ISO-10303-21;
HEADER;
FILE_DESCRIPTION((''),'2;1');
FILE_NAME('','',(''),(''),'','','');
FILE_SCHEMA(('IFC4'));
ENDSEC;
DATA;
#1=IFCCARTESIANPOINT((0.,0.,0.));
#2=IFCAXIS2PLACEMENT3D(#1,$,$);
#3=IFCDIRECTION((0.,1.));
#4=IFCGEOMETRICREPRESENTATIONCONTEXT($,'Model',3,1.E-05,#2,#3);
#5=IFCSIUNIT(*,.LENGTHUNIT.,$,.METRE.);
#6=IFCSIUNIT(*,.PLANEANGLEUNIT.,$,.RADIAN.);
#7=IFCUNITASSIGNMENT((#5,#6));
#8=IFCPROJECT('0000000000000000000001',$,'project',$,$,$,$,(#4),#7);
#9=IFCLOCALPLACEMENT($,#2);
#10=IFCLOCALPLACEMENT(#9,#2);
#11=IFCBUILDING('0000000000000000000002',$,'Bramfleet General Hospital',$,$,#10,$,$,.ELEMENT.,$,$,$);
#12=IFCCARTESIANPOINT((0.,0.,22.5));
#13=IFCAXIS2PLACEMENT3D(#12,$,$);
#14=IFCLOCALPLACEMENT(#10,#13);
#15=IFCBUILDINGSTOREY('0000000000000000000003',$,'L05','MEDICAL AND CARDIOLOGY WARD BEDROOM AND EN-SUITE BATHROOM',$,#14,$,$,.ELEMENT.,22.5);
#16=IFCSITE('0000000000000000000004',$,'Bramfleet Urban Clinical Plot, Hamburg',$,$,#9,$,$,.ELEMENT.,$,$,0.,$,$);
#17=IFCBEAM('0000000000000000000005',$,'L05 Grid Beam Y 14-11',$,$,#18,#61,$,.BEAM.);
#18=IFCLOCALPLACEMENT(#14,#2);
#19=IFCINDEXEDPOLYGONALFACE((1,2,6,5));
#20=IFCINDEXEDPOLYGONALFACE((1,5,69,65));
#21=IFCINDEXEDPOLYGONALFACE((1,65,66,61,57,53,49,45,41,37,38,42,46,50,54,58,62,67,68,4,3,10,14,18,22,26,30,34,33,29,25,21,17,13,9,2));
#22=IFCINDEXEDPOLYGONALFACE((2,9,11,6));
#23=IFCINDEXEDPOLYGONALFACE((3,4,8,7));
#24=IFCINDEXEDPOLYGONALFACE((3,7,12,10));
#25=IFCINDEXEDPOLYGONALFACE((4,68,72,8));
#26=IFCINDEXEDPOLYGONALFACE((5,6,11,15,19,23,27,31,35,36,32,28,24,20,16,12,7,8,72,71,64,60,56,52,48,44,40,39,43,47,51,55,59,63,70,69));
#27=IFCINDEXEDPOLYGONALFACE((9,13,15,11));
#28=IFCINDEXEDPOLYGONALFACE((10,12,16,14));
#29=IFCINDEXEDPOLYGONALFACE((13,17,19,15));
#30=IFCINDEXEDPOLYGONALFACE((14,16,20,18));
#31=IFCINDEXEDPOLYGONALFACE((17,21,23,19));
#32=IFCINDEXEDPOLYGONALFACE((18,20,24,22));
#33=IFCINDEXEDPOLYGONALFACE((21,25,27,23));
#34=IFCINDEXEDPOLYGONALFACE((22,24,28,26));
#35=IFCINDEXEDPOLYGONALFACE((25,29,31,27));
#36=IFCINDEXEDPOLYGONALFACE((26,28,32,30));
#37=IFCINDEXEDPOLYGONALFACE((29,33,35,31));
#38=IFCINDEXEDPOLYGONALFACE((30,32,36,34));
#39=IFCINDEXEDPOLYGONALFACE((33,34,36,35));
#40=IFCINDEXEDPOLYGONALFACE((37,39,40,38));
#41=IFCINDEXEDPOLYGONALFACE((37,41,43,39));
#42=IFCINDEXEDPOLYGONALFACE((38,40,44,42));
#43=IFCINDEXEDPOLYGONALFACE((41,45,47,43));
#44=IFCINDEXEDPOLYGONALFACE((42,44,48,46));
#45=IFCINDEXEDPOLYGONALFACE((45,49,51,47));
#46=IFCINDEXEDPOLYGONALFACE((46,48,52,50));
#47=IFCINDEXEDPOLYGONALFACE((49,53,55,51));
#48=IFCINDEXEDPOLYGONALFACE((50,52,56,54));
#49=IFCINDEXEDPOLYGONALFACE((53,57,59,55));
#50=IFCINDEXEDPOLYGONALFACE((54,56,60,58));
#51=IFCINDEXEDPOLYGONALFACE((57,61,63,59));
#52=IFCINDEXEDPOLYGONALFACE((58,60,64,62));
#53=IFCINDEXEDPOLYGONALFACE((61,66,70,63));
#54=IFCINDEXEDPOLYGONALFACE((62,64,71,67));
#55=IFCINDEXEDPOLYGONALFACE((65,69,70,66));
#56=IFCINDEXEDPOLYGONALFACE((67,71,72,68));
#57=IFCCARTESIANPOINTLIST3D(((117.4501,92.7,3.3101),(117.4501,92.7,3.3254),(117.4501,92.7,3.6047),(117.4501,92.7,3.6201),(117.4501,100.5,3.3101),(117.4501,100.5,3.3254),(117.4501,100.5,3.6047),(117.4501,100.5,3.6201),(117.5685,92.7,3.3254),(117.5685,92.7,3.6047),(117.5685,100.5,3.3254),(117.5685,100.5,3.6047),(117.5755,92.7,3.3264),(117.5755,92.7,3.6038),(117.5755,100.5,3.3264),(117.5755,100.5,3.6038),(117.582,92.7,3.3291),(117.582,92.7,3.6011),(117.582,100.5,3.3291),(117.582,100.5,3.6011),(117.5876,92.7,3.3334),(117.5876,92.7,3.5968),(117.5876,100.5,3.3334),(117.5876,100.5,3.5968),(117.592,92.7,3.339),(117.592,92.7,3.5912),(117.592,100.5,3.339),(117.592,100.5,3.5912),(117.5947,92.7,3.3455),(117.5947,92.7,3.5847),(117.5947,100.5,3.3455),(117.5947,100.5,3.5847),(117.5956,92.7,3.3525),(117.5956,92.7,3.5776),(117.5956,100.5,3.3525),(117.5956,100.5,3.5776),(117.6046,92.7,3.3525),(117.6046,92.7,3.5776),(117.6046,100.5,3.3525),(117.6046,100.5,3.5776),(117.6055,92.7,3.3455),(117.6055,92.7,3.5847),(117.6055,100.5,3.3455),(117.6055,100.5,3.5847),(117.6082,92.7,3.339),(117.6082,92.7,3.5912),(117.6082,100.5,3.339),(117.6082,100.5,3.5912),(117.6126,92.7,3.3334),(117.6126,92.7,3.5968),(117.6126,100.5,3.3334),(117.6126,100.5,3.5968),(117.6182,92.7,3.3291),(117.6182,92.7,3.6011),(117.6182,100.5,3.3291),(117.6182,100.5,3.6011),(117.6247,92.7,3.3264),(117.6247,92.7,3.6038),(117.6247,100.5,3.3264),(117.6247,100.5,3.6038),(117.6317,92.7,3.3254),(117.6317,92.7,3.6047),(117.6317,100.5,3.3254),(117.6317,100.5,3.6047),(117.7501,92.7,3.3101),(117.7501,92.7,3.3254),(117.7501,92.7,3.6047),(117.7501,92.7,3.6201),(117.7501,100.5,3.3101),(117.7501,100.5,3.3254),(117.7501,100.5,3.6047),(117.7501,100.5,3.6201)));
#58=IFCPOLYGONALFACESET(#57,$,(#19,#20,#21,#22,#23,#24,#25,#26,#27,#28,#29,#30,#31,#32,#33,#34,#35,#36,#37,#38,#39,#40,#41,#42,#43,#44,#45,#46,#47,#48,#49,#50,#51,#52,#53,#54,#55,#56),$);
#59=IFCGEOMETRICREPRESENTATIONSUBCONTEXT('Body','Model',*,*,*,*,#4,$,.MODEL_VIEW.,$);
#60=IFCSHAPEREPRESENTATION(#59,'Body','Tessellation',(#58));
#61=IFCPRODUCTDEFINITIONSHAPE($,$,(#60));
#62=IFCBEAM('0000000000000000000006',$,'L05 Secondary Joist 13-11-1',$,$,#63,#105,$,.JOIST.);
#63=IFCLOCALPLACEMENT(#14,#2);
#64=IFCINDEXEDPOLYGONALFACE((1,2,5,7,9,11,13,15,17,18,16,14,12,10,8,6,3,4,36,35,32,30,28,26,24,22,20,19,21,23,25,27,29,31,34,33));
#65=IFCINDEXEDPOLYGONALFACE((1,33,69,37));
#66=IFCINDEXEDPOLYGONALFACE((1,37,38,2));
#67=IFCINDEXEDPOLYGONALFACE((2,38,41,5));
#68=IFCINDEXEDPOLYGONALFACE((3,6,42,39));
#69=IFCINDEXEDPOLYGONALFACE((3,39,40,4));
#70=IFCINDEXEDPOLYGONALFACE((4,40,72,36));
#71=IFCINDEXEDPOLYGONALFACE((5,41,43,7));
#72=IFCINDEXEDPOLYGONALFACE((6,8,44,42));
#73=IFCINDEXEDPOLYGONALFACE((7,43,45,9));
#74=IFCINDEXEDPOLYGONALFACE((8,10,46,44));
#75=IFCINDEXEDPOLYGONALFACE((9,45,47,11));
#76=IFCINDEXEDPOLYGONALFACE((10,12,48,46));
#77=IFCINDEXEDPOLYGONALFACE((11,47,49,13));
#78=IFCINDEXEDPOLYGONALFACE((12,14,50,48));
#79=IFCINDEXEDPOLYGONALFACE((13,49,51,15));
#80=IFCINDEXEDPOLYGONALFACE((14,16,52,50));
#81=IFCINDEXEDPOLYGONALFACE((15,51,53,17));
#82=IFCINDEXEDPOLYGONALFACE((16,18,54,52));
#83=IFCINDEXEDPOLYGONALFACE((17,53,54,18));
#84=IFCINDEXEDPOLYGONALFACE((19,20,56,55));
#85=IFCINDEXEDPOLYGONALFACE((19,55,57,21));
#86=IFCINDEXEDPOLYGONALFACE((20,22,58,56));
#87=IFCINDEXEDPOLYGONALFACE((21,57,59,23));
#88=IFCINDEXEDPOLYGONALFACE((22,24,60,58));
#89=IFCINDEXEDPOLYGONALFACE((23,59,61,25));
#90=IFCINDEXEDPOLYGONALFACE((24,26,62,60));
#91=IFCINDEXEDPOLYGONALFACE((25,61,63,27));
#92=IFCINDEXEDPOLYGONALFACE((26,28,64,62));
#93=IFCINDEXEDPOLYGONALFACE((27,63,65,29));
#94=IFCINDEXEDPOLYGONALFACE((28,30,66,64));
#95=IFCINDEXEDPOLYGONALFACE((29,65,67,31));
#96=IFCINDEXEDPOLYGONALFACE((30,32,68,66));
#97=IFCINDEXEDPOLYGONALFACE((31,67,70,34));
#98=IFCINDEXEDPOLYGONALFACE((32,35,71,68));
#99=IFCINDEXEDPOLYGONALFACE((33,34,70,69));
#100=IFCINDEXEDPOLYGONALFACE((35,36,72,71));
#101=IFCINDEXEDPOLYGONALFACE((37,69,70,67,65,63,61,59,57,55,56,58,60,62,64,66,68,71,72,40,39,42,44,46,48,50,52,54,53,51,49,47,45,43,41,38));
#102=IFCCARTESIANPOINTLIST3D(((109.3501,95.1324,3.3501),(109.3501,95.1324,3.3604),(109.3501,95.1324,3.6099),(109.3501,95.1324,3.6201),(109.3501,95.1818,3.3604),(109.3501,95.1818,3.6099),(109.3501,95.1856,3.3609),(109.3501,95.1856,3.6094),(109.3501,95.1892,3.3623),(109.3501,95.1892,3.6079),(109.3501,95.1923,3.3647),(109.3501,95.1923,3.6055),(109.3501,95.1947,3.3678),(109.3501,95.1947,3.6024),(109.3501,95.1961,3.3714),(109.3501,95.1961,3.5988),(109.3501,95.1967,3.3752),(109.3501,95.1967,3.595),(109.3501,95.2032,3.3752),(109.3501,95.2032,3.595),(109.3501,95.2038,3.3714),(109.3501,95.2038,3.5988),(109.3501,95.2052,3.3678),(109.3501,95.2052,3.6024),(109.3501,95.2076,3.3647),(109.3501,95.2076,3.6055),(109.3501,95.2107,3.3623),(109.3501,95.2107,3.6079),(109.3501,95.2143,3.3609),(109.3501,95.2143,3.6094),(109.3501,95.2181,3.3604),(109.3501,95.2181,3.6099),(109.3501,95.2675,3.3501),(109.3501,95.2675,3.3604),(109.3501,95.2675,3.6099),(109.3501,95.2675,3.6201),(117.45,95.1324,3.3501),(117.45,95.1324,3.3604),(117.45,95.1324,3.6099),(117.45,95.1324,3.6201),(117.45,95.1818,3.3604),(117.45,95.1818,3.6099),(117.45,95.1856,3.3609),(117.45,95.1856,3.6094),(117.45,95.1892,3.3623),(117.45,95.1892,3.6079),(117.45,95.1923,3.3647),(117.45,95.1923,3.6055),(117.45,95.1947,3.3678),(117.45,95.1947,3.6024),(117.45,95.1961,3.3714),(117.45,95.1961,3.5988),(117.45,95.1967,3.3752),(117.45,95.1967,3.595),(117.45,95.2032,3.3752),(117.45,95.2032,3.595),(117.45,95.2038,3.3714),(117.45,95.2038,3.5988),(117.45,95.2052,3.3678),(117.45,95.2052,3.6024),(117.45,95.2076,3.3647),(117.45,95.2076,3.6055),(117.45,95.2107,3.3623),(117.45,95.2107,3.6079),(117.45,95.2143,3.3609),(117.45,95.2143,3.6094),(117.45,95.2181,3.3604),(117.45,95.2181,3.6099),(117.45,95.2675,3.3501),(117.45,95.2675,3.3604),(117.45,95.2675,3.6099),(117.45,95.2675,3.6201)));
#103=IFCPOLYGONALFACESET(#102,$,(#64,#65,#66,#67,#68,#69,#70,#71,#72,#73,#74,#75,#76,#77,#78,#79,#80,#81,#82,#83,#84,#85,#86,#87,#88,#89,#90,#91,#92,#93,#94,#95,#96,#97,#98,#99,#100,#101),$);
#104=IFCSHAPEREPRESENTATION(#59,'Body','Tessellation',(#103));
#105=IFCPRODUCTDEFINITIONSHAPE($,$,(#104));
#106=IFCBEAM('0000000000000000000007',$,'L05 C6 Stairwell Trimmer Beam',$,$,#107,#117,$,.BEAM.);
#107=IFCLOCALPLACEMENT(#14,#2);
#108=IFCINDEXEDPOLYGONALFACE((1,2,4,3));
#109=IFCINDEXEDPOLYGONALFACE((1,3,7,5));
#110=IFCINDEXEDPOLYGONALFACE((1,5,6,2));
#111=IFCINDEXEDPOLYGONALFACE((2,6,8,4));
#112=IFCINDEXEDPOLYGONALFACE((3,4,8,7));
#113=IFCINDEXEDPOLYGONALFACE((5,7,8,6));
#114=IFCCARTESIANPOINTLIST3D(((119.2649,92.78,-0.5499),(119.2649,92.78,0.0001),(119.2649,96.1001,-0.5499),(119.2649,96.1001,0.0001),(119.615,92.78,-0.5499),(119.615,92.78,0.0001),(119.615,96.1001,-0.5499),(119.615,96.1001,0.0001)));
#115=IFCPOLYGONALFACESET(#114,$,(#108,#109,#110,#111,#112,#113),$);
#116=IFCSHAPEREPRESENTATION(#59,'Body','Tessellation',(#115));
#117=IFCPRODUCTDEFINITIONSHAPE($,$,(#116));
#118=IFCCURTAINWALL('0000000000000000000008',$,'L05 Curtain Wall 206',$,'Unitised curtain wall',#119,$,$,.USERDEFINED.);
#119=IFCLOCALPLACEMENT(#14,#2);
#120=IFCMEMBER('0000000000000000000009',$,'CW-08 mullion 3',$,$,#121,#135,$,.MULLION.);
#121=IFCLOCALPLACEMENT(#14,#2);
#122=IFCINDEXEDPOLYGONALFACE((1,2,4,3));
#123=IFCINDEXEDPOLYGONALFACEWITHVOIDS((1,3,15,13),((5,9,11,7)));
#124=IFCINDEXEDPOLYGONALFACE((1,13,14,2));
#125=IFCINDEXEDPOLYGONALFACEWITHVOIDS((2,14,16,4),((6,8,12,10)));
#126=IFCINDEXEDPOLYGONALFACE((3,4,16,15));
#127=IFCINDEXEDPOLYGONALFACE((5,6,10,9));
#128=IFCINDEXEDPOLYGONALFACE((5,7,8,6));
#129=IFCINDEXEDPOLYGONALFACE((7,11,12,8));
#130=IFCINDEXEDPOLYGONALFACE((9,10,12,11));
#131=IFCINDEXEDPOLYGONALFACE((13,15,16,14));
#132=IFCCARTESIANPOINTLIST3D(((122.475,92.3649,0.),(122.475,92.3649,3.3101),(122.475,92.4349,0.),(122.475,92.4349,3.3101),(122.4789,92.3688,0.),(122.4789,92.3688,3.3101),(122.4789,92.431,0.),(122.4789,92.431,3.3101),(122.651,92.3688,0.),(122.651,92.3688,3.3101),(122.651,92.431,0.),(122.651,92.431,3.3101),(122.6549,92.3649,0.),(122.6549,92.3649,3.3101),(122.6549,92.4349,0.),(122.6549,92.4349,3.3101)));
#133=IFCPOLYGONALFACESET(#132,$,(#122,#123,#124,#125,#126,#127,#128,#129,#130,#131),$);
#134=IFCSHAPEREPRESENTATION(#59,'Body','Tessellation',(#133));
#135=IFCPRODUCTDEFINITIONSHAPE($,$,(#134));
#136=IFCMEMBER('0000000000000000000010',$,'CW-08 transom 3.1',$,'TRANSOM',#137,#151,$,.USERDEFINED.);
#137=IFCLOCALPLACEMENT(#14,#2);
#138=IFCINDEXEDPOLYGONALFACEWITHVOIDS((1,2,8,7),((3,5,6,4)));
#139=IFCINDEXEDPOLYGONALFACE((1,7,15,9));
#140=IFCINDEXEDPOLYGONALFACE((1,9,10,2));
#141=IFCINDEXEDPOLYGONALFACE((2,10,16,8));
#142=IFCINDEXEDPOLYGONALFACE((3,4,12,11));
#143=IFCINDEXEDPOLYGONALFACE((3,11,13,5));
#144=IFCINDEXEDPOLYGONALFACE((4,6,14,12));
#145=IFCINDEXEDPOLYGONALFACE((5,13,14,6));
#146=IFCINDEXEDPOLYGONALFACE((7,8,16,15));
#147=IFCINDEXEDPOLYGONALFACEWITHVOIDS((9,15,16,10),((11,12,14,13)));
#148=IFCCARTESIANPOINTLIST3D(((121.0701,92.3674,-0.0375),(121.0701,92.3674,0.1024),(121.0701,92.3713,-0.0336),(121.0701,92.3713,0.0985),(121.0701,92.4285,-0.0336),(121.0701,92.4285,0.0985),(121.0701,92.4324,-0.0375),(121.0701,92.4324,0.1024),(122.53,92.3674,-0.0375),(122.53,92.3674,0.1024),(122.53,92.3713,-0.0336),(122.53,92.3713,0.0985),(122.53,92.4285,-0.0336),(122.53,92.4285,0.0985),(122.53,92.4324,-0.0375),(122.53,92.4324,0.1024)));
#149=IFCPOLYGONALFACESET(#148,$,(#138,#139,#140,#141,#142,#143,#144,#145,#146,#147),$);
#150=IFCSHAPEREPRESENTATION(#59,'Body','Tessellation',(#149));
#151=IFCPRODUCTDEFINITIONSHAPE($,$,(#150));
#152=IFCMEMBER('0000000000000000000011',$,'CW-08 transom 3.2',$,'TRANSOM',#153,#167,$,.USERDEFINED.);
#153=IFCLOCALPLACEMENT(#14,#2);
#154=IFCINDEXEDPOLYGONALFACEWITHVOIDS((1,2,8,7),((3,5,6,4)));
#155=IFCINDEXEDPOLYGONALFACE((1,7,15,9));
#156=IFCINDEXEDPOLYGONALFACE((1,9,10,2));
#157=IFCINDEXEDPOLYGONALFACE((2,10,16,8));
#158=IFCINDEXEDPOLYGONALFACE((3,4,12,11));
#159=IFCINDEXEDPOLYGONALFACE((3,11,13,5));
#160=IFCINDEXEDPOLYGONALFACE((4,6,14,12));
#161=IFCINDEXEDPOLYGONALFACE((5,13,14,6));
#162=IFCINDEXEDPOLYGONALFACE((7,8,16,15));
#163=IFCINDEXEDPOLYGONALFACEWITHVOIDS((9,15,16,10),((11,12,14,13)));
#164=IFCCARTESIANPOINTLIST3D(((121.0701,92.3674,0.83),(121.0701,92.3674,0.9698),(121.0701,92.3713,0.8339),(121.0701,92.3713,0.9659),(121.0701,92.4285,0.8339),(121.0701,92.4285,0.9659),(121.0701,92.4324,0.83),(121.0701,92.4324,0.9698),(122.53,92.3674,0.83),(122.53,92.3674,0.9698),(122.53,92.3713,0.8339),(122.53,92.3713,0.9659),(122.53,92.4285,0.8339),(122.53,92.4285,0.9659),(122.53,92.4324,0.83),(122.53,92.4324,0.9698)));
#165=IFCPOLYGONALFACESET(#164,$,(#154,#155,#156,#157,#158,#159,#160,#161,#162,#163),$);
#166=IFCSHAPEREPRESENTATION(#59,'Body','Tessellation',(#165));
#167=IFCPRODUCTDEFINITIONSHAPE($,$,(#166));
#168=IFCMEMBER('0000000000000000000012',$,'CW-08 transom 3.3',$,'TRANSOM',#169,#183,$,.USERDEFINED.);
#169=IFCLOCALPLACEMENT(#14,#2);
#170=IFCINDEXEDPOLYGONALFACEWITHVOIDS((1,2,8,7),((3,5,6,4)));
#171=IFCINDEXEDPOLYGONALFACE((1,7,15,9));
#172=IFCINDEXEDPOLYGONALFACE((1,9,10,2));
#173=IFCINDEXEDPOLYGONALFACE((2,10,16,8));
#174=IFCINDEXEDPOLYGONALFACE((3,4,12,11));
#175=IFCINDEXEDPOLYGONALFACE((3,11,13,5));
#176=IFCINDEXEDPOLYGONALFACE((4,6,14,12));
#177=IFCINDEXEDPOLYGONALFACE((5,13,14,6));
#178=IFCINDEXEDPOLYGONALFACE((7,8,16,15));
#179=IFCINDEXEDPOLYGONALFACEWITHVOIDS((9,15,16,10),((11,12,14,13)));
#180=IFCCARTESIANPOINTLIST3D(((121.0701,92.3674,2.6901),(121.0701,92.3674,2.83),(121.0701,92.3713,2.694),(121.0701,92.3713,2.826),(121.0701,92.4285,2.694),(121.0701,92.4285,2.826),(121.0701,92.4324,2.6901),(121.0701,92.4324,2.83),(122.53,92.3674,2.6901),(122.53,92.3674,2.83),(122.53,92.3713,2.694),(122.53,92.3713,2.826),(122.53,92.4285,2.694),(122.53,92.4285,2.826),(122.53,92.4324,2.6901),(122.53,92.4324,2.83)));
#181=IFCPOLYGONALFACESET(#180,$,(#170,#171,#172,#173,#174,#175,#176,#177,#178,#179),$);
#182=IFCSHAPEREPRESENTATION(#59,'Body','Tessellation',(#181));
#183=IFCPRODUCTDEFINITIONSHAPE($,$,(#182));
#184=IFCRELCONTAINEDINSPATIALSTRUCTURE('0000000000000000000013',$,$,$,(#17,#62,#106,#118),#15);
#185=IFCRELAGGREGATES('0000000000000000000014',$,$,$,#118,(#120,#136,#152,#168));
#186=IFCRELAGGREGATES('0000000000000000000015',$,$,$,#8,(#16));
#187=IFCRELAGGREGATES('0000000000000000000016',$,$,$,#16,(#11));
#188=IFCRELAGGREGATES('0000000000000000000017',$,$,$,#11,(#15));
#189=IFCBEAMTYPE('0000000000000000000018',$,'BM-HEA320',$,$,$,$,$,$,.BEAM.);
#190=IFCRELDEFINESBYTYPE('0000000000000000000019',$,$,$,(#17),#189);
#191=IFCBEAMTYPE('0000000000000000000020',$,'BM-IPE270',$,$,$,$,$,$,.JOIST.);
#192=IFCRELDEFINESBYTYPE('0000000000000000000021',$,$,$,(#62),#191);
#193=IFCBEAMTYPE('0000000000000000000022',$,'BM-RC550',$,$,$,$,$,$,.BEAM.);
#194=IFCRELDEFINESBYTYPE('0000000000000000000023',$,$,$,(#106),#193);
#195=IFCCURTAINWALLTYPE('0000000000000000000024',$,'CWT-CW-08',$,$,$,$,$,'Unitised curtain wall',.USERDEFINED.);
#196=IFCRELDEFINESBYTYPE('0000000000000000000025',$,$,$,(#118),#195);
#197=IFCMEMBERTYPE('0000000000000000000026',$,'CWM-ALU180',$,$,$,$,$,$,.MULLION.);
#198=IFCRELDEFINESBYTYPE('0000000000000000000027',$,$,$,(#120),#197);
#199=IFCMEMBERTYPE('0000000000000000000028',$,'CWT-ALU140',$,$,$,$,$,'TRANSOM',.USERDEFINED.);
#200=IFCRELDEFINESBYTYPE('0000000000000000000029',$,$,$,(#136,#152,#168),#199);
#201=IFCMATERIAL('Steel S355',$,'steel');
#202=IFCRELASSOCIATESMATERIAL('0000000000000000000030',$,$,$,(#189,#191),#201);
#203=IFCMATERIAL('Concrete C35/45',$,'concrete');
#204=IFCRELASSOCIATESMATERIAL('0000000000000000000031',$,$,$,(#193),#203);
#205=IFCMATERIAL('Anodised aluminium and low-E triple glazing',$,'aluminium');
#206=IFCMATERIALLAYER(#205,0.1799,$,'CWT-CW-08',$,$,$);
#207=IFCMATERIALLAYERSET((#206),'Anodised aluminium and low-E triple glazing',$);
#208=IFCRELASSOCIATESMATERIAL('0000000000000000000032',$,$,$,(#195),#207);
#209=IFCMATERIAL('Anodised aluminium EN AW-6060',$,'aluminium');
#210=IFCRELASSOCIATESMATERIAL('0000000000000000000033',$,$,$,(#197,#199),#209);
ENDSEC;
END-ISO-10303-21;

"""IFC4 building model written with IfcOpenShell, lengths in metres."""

from ifc_helpers import new_model, si_unit, direction, frame, origin, origin_2d, place, context, subcontext, project, spatial, rectangle, hollow_rectangle, i_section, extrude, material, layer, layer_set, material_profile, profile_set, type_object, element, aggregate, save


model = new_model("IFC4")

# Units and contexts
model_context = context("Model", 3, precision=1e-05, world=origin(), true_north=direction((0.0, 1.0)))
body_context = subcontext(model_context, "Body", "Model", "MODEL_VIEW")
ifc_project = project(units=[si_unit("LENGTHUNIT", "METRE"), si_unit("PLANEANGLEUNIT", "RADIAN")], contexts=[model_context])

# Site, building, storey
site_placement = place(None, origin())
site = spatial("IfcSite", under=ifc_project, at=site_placement, Name="Bramfleet Urban Clinical Plot, Hamburg", CompositionType="ELEMENT", RefElevation=0.0)
building_placement = place(site_placement, origin())
building = spatial("IfcBuilding", under=site, at=building_placement, Name="Bramfleet General Hospital", CompositionType="ELEMENT")
storey_placement = place(building_placement, frame((0.0, 0.0, 22.5)))
storey = spatial("IfcBuildingStorey", under=building, at=storey_placement, Name="L05", Description="MEDICAL AND CARDIOLOGY WARD BEDROOM AND EN-SUITE BATHROOM", CompositionType="ELEMENT", Elevation=22.5)

# Beams
ifc_material_1 = material(Name="Steel S355", Category="steel")
ifc_material_profile_1 = material_profile(ifc_material_1, i_section(OverallWidth=0.3, OverallDepth=0.3101, WebThickness=0.009, FlangeThickness=0.0154, FilletRadius=0.0271, at=origin_2d()), Name="HEA 320")
ifc_profile_set_1 = profile_set([ifc_material_profile_1], Name="Steel S355")
beam_type_1 = type_object("IfcBeamType", Name="BM-HEA320", PredefinedType="BEAM", material=ifc_profile_set_1)
beam_1_placement = place(storey_placement, frame((117.6001, 92.7, 3.4651), z_axis=(0.0, 1.0, 0.0), x_axis=(-1.0, 0.0, 0.0)))
element("IfcBeam", 1, at=beam_1_placement, inside=storey, type_object=beam_type_1, Name="L05 Grid Beam Y 14-11", PredefinedType="BEAM", context=body_context, shape_type="SweptSolid", body=[
    extrude(i_section(OverallWidth=0.3, OverallDepth=0.3101, WebThickness=0.009, FlangeThickness=0.0154, FilletRadius=0.0271, at=origin_2d()), origin(), (0.0, 0.0, 1.0), 7.8),
])
ifc_material_profile_2 = material_profile(ifc_material_1, i_section(OverallWidth=0.135, OverallDepth=0.27, WebThickness=0.0066, FlangeThickness=0.0103, FilletRadius=0.0149, at=origin_2d()), Name="IPE 270")
ifc_profile_set_2 = profile_set([ifc_material_profile_2], Name="Steel S355")
beam_type_2 = type_object("IfcBeamType", Name="BM-IPE270", PredefinedType="JOIST", material=ifc_profile_set_2)
beam_2_placement = place(storey_placement, frame((109.3501, 95.2, 3.4851), z_axis=(1.0, 0.0, 0.0), x_axis=(0.0, 1.0, 0.0)))
element("IfcBeam", 2, at=beam_2_placement, inside=storey, type_object=beam_type_2, Name="L05 Secondary Joist 13-11-1", PredefinedType="JOIST", context=body_context, shape_type="SweptSolid", body=[
    extrude(i_section(OverallWidth=0.135, OverallDepth=0.27, WebThickness=0.0066, FlangeThickness=0.0103, FilletRadius=0.0149, at=origin_2d()), origin(), (0.0, 0.0, 1.0), 8.0999),
])
ifc_material_2 = material(Name="Concrete C35/45", Category="concrete")
ifc_material_profile_3 = material_profile(ifc_material_2, rectangle(XDim=0.3501, YDim=0.55, at=origin_2d()), Name="RC BM 550x350")
ifc_profile_set_3 = profile_set([ifc_material_profile_3], Name="Concrete C35/45")
beam_type_3 = type_object("IfcBeamType", Name="BM-RC550", PredefinedType="BEAM", material=ifc_profile_set_3)
beam_3_placement = place(storey_placement, frame((119.4399, 92.78, -0.2749), z_axis=(0.0, 1.0, 0.0), x_axis=(-1.0, 0.0, 0.0)))
element("IfcBeam", 3, at=beam_3_placement, inside=storey, type_object=beam_type_3, Name="L05 C6 Stairwell Trimmer Beam", PredefinedType="BEAM", context=body_context, shape_type="SweptSolid", body=[
    extrude(rectangle(XDim=0.3501, YDim=0.55, at=origin_2d()), origin(), (0.0, 0.0, 1.0), 3.3201),
])

# Curtain wall, members
ifc_material_3 = material(Name="Anodised aluminium and low-E triple glazing", Category="aluminium")
ifc_layer_1 = layer(ifc_material_3, 0.1799, Name="CWT-CW-08")
ifc_layer_set_1 = layer_set([ifc_layer_1], Name="Anodised aluminium and low-E triple glazing")
curtain_wall_type = type_object("IfcCurtainWallType", Name="CWT-CW-08", ElementType="Unitised curtain wall", PredefinedType="USERDEFINED", material=ifc_layer_set_1)
curtain_wall_placement = place(storey_placement, origin())
curtain_wall = element("IfcCurtainWall", 4, at=curtain_wall_placement, inside=storey, type_object=curtain_wall_type, Name="L05 Curtain Wall 206", ObjectType="Unitised curtain wall", PredefinedType="USERDEFINED")
ifc_material_4 = material(Name="Anodised aluminium EN AW-6060", Category="aluminium")
ifc_material_profile_4 = material_profile(ifc_material_4, hollow_rectangle(XDim=0.0701, YDim=0.1799, WallThickness=0.0039, at=origin_2d()), Name="ALU 180x70x4.0")
ifc_profile_set_4 = profile_set([ifc_material_profile_4], Name="Anodised aluminium EN AW-6060")
member_type_1 = type_object("IfcMemberType", Name="CWM-ALU180", PredefinedType="MULLION", material=ifc_profile_set_4)
member_1_placement = place(storey_placement, frame((122.5649, 92.3999, 0.0), z_axis=(0.0, 0.0, 1.0), x_axis=(0.0, -1.0, 0.0)))
member_1 = element("IfcMember", 5, at=member_1_placement, type_object=member_type_1, Name="CW-08 mullion 3", PredefinedType="MULLION", context=body_context, shape_type="SweptSolid", body=[
    extrude(hollow_rectangle(XDim=0.0701, YDim=0.1799, WallThickness=0.0039, at=origin_2d()), origin(), (0.0, 0.0, 1.0), 3.3101),
])
ifc_material_profile_5 = material_profile(ifc_material_4, hollow_rectangle(XDim=0.0649, YDim=0.1399, WallThickness=0.0039, at=origin_2d()), Name="ALU 140x65x4.0")
ifc_profile_set_5 = profile_set([ifc_material_profile_5], Name="Anodised aluminium EN AW-6060")
member_type_2 = type_object("IfcMemberType", Name="CWT-ALU140", ElementType="TRANSOM", PredefinedType="USERDEFINED", material=ifc_profile_set_5)
member_2_placement = place(storey_placement, frame((122.53, 92.3999, 0.0325), z_axis=(-1.0, 0.0, 0.0), x_axis=(0.0, -1.0, 0.0)))
member_2 = element("IfcMember", 6, at=member_2_placement, type_object=member_type_2, Name="CW-08 transom 3.1", ObjectType="TRANSOM", PredefinedType="USERDEFINED", context=body_context, shape_type="SweptSolid", body=[
    extrude(hollow_rectangle(XDim=0.0649, YDim=0.1399, WallThickness=0.0039, at=origin_2d()), origin(), (0.0, 0.0, 1.0), 1.46),
])
member_3_placement = place(storey_placement, frame((122.53, 92.3999, 0.8999), z_axis=(-1.0, 0.0, 0.0), x_axis=(0.0, -1.0, 0.0)))
member_3 = element("IfcMember", 7, at=member_3_placement, type_object=member_type_2, Name="CW-08 transom 3.2", ObjectType="TRANSOM", PredefinedType="USERDEFINED", context=body_context, shape_type="SweptSolid", body=[
    extrude(hollow_rectangle(XDim=0.0649, YDim=0.1399, WallThickness=0.0039, at=origin_2d()), origin(), (0.0, 0.0, 1.0), 1.46),
])
member_4_placement = place(storey_placement, frame((122.53, 92.3999, 2.76), z_axis=(-1.0, 0.0, 0.0), x_axis=(0.0, -1.0, 0.0)))
member_4 = element("IfcMember", 8, at=member_4_placement, type_object=member_type_2, Name="CW-08 transom 3.3", ObjectType="TRANSOM", PredefinedType="USERDEFINED", context=body_context, shape_type="SweptSolid", body=[
    extrude(hollow_rectangle(XDim=0.0649, YDim=0.1399, WallThickness=0.0039, at=origin_2d()), origin(), (0.0, 0.0, 1.0), 1.46),
])
aggregate(curtain_wall, [member_1, member_2, member_3, member_4])

save(model, "model.ifc")
